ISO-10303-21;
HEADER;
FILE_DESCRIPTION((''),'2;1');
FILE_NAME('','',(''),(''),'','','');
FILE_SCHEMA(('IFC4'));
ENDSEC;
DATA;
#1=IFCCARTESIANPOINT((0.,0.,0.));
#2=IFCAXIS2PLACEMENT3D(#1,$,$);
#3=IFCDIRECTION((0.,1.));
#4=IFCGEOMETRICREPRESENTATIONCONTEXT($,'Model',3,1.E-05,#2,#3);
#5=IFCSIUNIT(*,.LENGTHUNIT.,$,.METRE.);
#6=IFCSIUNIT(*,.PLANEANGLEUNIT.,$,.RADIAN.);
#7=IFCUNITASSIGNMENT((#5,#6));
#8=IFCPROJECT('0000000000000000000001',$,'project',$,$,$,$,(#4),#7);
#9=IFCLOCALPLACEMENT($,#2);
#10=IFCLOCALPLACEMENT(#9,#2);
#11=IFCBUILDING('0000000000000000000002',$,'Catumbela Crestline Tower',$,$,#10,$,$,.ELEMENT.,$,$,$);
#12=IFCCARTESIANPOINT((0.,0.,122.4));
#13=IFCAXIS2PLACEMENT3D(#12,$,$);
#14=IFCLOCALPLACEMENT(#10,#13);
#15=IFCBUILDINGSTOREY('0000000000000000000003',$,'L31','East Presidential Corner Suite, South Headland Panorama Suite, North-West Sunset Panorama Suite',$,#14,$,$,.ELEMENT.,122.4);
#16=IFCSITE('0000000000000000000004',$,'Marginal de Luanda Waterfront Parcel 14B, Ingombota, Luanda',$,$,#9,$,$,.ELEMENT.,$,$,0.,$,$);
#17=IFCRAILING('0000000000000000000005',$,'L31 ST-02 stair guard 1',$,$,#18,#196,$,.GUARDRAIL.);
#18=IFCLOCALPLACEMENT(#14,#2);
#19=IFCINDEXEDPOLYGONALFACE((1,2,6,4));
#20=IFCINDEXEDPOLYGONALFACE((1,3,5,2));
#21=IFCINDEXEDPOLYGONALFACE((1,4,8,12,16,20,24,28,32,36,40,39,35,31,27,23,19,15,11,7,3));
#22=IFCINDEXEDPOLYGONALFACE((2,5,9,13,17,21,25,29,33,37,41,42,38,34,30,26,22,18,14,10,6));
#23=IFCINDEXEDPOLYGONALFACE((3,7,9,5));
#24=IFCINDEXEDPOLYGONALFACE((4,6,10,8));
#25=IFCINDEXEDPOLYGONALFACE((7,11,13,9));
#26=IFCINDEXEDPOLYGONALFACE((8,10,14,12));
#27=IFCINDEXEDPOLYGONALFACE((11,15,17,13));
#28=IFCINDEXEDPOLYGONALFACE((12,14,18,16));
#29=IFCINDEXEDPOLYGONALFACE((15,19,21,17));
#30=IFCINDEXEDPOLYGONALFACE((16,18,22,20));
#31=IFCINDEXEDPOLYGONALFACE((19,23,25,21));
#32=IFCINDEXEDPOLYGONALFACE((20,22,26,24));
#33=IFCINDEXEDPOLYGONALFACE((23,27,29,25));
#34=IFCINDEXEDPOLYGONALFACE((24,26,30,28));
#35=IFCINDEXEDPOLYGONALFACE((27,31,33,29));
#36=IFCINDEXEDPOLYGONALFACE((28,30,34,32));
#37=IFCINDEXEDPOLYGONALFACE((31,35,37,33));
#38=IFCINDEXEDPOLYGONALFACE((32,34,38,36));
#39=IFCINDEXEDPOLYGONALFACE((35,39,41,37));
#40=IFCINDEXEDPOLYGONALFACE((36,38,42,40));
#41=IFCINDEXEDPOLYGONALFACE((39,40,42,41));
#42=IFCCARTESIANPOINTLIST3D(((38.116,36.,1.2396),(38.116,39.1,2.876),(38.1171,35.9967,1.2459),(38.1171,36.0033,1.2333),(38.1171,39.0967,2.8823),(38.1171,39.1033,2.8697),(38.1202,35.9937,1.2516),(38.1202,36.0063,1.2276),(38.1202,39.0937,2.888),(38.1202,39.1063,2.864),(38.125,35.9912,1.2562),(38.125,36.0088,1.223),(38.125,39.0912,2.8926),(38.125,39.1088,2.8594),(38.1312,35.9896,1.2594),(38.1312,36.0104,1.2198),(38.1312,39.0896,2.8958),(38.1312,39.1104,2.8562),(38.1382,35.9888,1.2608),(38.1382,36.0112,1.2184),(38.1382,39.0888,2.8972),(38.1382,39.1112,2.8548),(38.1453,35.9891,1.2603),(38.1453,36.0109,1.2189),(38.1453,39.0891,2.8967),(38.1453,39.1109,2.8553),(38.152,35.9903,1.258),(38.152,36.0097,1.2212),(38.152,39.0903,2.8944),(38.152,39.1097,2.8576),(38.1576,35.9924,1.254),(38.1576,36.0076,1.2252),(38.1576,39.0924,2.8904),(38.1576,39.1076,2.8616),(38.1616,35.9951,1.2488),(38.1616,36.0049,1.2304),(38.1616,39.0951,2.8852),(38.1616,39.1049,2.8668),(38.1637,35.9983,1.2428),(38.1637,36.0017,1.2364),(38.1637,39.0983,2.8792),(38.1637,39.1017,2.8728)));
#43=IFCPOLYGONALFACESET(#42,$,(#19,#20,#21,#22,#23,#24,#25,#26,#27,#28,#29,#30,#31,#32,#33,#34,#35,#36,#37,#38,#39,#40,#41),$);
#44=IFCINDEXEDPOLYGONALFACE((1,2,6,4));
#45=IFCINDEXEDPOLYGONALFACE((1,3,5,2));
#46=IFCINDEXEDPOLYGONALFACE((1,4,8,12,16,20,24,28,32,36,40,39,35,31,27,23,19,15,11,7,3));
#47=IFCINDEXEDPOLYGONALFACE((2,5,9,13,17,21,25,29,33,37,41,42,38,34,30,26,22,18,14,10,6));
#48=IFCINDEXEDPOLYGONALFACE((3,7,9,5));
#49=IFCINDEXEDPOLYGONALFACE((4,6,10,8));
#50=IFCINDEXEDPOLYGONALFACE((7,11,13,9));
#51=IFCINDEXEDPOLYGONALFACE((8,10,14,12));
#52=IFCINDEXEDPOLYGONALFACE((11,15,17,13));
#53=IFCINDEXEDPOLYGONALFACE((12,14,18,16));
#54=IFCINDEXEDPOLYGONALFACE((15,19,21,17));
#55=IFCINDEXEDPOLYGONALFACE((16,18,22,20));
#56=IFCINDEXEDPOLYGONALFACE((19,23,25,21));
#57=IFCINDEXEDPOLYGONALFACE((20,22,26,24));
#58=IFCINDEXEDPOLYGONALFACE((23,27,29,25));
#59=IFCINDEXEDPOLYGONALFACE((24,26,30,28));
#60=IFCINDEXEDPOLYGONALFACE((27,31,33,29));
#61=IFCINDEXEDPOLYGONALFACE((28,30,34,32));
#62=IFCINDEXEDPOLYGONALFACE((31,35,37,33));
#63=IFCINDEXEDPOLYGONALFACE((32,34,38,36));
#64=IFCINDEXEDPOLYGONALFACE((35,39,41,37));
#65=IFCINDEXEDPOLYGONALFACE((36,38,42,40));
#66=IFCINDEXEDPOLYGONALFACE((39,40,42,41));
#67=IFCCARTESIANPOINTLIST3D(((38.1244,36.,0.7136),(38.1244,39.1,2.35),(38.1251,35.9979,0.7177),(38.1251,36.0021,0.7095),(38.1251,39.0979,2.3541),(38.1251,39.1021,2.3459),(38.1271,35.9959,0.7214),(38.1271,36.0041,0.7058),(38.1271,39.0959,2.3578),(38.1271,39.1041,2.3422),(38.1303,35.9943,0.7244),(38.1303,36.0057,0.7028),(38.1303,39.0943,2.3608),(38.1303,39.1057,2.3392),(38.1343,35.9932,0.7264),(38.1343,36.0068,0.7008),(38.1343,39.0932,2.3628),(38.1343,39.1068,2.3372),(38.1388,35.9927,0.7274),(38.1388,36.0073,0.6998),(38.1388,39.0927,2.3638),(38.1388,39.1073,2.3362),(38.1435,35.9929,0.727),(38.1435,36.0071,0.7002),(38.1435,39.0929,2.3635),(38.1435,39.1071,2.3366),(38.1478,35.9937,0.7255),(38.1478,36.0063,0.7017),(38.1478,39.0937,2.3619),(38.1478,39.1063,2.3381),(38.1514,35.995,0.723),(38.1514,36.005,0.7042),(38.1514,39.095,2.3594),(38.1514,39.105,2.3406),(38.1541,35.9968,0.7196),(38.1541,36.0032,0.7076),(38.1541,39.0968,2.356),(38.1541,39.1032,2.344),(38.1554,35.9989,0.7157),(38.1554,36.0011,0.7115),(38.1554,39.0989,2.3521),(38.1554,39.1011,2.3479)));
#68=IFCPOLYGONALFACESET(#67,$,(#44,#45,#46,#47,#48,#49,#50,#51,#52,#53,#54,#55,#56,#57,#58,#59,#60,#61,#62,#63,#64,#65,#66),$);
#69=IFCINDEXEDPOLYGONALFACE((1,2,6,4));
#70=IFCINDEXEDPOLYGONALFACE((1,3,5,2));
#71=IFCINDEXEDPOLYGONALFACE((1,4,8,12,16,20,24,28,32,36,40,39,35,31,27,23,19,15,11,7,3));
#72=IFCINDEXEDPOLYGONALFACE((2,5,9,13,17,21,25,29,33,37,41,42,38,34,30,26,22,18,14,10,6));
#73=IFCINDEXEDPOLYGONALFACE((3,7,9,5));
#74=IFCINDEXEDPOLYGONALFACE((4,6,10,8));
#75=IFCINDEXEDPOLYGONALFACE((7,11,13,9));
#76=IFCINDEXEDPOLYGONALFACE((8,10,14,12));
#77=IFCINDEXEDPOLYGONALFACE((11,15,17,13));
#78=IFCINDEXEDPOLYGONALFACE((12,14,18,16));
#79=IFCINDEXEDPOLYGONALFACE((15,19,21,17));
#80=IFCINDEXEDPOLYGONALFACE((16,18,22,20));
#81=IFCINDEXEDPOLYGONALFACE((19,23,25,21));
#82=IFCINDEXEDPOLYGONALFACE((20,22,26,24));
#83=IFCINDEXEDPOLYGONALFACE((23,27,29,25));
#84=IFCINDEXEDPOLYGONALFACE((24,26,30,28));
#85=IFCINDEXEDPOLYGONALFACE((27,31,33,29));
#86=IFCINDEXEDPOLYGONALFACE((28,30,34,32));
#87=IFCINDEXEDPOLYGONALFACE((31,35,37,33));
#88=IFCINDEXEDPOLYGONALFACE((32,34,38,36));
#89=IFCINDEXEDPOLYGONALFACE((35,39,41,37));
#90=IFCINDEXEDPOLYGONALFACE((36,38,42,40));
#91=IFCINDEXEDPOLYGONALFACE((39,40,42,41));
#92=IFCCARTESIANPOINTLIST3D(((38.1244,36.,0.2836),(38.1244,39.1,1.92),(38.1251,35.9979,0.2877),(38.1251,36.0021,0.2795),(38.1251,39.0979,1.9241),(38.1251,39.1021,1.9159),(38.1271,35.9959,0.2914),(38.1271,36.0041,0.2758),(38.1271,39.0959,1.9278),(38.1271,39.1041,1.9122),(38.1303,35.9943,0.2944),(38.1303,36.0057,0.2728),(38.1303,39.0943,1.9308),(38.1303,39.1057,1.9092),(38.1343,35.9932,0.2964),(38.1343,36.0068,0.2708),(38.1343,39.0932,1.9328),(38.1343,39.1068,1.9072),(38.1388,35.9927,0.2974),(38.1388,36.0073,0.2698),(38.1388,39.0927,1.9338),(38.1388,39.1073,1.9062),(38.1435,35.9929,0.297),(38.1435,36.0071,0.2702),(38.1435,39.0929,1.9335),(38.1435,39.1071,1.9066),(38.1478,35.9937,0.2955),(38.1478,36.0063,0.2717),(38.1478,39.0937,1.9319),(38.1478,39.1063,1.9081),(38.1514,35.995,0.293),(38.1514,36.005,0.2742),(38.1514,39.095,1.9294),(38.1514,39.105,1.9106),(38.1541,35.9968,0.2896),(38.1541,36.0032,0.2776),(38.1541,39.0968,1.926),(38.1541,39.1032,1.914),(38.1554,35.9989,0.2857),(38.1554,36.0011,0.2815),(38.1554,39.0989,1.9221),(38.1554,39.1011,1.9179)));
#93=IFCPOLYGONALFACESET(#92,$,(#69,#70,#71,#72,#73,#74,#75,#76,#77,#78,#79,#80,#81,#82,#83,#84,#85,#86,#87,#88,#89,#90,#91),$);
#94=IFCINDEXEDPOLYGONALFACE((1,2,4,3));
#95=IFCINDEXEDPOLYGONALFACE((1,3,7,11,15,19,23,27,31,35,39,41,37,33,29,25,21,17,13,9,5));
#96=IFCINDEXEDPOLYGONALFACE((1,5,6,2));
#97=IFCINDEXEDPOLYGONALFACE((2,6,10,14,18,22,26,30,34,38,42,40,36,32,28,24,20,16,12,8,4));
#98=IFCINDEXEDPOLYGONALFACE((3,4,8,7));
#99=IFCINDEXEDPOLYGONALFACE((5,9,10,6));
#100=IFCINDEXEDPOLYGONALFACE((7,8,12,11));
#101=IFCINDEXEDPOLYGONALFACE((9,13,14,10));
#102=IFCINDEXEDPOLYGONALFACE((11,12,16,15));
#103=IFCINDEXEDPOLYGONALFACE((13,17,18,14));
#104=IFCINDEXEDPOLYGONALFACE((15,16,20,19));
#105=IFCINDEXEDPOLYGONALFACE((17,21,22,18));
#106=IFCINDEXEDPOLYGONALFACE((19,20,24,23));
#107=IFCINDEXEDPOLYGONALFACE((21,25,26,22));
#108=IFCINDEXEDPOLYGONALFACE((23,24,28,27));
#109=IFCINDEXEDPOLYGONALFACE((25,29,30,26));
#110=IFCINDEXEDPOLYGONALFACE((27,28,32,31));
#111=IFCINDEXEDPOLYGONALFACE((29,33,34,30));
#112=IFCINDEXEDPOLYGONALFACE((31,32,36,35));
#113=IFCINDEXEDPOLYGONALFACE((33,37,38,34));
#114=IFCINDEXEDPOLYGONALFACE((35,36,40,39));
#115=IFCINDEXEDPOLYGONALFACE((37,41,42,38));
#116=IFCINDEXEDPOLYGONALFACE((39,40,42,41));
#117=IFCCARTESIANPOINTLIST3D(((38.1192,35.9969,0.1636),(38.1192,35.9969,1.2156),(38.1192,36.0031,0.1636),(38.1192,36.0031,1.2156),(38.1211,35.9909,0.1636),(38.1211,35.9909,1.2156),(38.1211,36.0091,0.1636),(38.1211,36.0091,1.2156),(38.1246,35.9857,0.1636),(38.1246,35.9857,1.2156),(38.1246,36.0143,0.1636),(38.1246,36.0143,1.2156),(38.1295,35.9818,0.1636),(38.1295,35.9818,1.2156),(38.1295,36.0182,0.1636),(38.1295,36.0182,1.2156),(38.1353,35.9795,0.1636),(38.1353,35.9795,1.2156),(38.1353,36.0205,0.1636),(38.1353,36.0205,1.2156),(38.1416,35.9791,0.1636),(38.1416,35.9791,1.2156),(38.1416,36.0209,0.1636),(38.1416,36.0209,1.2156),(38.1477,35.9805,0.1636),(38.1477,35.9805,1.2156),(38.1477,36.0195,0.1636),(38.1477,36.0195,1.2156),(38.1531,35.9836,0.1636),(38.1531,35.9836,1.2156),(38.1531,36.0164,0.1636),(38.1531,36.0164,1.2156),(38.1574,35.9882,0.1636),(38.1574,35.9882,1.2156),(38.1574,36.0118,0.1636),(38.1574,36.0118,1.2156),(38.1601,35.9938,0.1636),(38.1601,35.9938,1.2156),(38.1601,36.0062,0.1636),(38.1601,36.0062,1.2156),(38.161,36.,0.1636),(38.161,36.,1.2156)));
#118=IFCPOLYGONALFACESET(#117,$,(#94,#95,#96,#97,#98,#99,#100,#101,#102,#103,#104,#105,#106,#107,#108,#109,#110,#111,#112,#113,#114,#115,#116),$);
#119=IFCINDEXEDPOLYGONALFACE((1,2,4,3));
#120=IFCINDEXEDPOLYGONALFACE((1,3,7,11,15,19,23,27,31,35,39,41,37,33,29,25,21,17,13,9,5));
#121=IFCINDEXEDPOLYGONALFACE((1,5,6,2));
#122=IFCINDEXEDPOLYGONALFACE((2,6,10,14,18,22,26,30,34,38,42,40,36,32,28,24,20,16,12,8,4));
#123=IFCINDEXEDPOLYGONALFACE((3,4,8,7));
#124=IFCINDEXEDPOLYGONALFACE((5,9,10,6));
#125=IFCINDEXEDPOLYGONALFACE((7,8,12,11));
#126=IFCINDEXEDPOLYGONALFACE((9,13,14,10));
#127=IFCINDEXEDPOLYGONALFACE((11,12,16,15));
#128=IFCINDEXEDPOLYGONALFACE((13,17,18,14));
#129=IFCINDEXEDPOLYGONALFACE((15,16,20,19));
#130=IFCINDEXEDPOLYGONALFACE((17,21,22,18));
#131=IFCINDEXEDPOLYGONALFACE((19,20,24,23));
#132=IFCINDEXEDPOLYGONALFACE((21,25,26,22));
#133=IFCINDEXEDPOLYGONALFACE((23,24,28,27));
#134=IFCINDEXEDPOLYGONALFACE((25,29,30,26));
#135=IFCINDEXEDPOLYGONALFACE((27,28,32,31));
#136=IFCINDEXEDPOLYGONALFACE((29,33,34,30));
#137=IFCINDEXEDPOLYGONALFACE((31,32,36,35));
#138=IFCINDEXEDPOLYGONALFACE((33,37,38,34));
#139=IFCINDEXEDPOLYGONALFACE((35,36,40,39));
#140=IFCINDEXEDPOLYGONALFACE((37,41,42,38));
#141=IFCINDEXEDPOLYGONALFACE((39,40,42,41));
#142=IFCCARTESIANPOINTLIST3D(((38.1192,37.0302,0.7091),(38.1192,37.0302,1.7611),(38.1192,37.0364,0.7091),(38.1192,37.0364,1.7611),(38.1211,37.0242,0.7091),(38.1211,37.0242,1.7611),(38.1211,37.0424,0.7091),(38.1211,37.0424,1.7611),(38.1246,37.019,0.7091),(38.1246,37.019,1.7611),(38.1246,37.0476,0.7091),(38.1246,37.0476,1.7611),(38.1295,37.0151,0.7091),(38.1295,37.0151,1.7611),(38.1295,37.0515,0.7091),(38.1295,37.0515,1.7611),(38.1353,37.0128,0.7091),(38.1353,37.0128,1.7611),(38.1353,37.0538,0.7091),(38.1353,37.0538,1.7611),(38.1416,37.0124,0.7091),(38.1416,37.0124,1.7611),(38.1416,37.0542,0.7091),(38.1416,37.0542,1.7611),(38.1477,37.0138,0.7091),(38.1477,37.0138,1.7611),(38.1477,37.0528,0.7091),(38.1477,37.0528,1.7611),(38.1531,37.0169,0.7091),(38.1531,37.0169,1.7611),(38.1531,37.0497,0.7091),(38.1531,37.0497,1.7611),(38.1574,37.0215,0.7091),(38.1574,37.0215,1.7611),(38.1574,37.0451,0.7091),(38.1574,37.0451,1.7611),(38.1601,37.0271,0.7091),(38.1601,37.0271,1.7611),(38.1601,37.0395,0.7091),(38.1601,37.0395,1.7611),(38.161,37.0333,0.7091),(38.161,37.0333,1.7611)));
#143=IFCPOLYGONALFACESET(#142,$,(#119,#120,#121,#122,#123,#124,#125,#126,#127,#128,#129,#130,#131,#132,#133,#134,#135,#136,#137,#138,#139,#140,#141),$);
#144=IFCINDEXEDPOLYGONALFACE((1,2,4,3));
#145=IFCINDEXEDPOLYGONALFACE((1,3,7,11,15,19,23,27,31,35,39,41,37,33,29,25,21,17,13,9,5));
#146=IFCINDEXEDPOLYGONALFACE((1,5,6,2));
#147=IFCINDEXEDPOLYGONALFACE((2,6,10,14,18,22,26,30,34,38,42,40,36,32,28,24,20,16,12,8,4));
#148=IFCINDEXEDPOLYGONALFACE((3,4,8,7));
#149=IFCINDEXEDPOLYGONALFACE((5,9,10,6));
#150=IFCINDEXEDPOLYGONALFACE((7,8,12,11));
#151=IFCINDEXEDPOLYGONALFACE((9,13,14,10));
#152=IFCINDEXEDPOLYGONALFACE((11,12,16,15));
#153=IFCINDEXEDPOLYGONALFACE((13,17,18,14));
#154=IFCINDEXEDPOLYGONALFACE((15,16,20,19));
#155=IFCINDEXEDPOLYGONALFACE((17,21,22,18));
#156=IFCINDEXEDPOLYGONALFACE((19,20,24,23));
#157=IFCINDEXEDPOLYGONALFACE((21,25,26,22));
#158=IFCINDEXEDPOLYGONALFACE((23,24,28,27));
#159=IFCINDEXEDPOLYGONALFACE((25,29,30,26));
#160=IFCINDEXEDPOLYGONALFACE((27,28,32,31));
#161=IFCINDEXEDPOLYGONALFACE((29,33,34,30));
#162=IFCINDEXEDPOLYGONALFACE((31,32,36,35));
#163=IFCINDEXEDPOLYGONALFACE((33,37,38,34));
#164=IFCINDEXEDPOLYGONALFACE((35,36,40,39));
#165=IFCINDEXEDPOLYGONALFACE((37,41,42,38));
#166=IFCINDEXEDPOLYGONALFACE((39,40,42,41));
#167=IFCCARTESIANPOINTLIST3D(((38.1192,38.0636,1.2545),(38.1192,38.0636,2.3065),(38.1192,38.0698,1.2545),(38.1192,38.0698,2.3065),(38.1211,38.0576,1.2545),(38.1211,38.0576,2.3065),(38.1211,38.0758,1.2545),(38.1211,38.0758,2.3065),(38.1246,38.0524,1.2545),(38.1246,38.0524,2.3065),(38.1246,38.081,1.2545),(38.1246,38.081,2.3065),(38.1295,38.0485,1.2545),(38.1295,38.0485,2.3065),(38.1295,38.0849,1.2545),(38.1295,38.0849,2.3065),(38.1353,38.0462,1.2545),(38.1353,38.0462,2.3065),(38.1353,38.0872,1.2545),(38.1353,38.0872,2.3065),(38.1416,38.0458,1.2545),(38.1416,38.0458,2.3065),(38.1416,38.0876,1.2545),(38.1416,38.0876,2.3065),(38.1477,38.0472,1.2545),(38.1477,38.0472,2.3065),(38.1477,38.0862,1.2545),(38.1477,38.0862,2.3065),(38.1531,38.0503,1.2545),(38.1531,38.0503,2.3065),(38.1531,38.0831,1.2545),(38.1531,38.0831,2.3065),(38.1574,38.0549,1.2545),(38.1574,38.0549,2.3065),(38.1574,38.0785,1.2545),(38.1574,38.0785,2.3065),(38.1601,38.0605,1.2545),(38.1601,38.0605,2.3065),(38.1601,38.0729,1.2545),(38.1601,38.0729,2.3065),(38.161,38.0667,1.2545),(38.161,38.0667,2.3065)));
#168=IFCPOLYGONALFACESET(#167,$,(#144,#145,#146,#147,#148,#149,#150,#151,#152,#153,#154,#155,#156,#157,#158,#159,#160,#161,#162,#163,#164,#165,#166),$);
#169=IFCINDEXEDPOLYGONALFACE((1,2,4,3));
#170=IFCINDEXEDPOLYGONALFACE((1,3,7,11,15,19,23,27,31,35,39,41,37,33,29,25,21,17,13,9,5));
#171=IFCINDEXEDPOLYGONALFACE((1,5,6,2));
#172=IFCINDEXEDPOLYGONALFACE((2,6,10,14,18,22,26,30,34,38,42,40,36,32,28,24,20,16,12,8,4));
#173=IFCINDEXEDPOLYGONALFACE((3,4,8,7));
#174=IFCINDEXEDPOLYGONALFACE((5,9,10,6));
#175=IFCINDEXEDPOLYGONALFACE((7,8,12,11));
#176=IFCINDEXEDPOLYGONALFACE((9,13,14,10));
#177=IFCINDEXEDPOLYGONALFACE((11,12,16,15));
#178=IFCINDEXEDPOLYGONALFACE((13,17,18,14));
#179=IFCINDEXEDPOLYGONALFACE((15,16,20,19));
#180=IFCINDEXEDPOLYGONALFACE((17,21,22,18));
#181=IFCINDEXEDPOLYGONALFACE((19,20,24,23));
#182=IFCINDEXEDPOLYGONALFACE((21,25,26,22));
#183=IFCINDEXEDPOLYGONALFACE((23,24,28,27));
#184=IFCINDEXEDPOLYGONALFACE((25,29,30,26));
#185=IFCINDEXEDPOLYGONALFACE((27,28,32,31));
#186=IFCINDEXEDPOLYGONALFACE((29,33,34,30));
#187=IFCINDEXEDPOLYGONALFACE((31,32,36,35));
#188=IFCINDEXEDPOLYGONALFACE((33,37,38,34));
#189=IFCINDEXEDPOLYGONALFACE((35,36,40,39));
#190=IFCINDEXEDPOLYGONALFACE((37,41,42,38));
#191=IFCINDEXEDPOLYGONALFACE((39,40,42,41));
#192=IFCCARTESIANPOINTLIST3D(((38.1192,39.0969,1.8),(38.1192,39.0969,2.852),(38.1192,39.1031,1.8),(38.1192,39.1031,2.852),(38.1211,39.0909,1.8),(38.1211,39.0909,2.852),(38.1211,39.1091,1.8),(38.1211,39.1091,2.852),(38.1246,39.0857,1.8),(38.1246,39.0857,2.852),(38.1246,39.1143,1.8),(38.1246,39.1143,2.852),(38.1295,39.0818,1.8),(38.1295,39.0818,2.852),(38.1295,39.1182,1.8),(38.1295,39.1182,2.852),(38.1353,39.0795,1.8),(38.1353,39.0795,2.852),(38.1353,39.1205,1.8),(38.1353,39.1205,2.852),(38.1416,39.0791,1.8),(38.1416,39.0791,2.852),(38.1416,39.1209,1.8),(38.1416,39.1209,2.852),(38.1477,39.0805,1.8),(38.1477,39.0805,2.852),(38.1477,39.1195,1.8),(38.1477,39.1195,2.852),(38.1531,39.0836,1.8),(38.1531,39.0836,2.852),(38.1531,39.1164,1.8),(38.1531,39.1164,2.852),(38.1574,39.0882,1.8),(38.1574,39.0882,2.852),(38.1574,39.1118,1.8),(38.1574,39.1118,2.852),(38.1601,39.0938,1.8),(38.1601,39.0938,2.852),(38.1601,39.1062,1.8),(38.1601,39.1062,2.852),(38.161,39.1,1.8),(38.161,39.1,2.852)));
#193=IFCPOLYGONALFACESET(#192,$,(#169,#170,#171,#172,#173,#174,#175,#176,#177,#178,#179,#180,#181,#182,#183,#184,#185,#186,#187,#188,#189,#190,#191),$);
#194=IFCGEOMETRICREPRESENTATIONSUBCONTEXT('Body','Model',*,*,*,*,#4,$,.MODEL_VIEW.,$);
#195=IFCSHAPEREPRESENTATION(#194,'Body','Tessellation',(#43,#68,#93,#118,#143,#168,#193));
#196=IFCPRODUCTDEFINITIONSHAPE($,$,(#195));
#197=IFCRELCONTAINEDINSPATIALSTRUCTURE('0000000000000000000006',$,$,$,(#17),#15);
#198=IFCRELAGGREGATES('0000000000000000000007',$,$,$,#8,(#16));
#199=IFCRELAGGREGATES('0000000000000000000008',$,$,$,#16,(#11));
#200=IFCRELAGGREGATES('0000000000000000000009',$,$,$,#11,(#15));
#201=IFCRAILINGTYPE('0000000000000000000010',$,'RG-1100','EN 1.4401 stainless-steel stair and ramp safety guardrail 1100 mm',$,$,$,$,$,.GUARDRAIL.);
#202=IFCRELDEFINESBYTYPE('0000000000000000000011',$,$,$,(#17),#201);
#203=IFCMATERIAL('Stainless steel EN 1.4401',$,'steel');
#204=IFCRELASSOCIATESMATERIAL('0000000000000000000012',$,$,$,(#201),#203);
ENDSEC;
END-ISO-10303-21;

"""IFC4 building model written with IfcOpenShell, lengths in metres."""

from ifc_helpers import new_model, si_unit, direction, frame, origin, origin_2d, place, context, subcontext, project, spatial, circle, extrude, material, type_object, element, save


model = new_model("IFC4")

# Units and contexts
model_context = context("Model", 3, precision=1e-05, world=origin(), true_north=direction((0.0, 1.0)))
body_context = subcontext(model_context, "Body", "Model", "MODEL_VIEW")
ifc_project = project(units=[si_unit("LENGTHUNIT", "METRE"), si_unit("PLANEANGLEUNIT", "RADIAN")], contexts=[model_context])

# Site, building, storey
site_placement = place(None, origin())
site = spatial("IfcSite", under=ifc_project, at=site_placement, Name="Marginal de Luanda Waterfront Parcel 14B, Ingombota, Luanda", CompositionType="ELEMENT", RefElevation=0.0)
building_placement = place(site_placement, origin())
building = spatial("IfcBuilding", under=site, at=building_placement, Name="Catumbela Crestline Tower", CompositionType="ELEMENT")
storey_placement = place(building_placement, frame((0.0, 0.0, 122.4)))
storey = spatial("IfcBuildingStorey", under=building, at=storey_placement, Name="L31", Description="East Presidential Corner Suite, South Headland Panorama Suite, North-West Sunset Panorama Suite", CompositionType="ELEMENT", Elevation=122.4)

# Shared definitions
ifc_material_1 = material(Name="Stainless steel EN 1.4401", Category="steel")

# Railing
railing_type_1 = type_object("IfcRailingType", Name="RG-1100", Description="EN 1.4401 stainless-steel stair and ramp safety guardrail 1100 mm", PredefinedType="GUARDRAIL", material=ifc_material_1)
railing_1_placement = place(storey_placement, frame((38.14, 36.0, 0.1636)))
element("IfcRailing", 1, at=railing_1_placement, inside=storey, type_object=railing_type_1, Name="L31 ST-02 stair guard 1", PredefinedType="GUARDRAIL", context=body_context, shape_type="SweptSolid", body=[
    extrude(circle(Radius=0.024, at=origin_2d()), frame((0.0, 0.0, 1.076), z_axis=(0.0, 0.884351, 0.466823), x_axis=(-1.0, 0.0, 0.0)), (0.0, 0.0, 1.0), 3.5054),
    extrude(circle(Radius=0.0156, at=origin_2d()), frame((0.0, 0.0, 0.55), z_axis=(0.0, 0.884351, 0.466823), x_axis=(-1.0, 0.0, 0.0)), (0.0, 0.0, 1.0), 3.5054),
    extrude(circle(Radius=0.0156, at=origin_2d()), frame((0.0, 0.0, 0.12), z_axis=(0.0, 0.884351, 0.466823), x_axis=(-1.0, 0.0, 0.0)), (0.0, 0.0, 1.0), 3.5054),
    extrude(circle(Radius=0.021, at=origin_2d()), origin(), (0.0, 0.0, 1.0), 1.052),
    extrude(circle(Radius=0.021, at=origin_2d()), frame((0.0, 1.0333, 0.5455)), (0.0, 0.0, 1.0), 1.052),
    extrude(circle(Radius=0.021, at=origin_2d()), frame((0.0, 2.0667, 1.0909)), (0.0, 0.0, 1.0), 1.052),
    extrude(circle(Radius=0.021, at=origin_2d()), frame((0.0, 3.1, 1.6364)), (0.0, 0.0, 1.0), 1.052),
])

save(model, "model.ifc")
